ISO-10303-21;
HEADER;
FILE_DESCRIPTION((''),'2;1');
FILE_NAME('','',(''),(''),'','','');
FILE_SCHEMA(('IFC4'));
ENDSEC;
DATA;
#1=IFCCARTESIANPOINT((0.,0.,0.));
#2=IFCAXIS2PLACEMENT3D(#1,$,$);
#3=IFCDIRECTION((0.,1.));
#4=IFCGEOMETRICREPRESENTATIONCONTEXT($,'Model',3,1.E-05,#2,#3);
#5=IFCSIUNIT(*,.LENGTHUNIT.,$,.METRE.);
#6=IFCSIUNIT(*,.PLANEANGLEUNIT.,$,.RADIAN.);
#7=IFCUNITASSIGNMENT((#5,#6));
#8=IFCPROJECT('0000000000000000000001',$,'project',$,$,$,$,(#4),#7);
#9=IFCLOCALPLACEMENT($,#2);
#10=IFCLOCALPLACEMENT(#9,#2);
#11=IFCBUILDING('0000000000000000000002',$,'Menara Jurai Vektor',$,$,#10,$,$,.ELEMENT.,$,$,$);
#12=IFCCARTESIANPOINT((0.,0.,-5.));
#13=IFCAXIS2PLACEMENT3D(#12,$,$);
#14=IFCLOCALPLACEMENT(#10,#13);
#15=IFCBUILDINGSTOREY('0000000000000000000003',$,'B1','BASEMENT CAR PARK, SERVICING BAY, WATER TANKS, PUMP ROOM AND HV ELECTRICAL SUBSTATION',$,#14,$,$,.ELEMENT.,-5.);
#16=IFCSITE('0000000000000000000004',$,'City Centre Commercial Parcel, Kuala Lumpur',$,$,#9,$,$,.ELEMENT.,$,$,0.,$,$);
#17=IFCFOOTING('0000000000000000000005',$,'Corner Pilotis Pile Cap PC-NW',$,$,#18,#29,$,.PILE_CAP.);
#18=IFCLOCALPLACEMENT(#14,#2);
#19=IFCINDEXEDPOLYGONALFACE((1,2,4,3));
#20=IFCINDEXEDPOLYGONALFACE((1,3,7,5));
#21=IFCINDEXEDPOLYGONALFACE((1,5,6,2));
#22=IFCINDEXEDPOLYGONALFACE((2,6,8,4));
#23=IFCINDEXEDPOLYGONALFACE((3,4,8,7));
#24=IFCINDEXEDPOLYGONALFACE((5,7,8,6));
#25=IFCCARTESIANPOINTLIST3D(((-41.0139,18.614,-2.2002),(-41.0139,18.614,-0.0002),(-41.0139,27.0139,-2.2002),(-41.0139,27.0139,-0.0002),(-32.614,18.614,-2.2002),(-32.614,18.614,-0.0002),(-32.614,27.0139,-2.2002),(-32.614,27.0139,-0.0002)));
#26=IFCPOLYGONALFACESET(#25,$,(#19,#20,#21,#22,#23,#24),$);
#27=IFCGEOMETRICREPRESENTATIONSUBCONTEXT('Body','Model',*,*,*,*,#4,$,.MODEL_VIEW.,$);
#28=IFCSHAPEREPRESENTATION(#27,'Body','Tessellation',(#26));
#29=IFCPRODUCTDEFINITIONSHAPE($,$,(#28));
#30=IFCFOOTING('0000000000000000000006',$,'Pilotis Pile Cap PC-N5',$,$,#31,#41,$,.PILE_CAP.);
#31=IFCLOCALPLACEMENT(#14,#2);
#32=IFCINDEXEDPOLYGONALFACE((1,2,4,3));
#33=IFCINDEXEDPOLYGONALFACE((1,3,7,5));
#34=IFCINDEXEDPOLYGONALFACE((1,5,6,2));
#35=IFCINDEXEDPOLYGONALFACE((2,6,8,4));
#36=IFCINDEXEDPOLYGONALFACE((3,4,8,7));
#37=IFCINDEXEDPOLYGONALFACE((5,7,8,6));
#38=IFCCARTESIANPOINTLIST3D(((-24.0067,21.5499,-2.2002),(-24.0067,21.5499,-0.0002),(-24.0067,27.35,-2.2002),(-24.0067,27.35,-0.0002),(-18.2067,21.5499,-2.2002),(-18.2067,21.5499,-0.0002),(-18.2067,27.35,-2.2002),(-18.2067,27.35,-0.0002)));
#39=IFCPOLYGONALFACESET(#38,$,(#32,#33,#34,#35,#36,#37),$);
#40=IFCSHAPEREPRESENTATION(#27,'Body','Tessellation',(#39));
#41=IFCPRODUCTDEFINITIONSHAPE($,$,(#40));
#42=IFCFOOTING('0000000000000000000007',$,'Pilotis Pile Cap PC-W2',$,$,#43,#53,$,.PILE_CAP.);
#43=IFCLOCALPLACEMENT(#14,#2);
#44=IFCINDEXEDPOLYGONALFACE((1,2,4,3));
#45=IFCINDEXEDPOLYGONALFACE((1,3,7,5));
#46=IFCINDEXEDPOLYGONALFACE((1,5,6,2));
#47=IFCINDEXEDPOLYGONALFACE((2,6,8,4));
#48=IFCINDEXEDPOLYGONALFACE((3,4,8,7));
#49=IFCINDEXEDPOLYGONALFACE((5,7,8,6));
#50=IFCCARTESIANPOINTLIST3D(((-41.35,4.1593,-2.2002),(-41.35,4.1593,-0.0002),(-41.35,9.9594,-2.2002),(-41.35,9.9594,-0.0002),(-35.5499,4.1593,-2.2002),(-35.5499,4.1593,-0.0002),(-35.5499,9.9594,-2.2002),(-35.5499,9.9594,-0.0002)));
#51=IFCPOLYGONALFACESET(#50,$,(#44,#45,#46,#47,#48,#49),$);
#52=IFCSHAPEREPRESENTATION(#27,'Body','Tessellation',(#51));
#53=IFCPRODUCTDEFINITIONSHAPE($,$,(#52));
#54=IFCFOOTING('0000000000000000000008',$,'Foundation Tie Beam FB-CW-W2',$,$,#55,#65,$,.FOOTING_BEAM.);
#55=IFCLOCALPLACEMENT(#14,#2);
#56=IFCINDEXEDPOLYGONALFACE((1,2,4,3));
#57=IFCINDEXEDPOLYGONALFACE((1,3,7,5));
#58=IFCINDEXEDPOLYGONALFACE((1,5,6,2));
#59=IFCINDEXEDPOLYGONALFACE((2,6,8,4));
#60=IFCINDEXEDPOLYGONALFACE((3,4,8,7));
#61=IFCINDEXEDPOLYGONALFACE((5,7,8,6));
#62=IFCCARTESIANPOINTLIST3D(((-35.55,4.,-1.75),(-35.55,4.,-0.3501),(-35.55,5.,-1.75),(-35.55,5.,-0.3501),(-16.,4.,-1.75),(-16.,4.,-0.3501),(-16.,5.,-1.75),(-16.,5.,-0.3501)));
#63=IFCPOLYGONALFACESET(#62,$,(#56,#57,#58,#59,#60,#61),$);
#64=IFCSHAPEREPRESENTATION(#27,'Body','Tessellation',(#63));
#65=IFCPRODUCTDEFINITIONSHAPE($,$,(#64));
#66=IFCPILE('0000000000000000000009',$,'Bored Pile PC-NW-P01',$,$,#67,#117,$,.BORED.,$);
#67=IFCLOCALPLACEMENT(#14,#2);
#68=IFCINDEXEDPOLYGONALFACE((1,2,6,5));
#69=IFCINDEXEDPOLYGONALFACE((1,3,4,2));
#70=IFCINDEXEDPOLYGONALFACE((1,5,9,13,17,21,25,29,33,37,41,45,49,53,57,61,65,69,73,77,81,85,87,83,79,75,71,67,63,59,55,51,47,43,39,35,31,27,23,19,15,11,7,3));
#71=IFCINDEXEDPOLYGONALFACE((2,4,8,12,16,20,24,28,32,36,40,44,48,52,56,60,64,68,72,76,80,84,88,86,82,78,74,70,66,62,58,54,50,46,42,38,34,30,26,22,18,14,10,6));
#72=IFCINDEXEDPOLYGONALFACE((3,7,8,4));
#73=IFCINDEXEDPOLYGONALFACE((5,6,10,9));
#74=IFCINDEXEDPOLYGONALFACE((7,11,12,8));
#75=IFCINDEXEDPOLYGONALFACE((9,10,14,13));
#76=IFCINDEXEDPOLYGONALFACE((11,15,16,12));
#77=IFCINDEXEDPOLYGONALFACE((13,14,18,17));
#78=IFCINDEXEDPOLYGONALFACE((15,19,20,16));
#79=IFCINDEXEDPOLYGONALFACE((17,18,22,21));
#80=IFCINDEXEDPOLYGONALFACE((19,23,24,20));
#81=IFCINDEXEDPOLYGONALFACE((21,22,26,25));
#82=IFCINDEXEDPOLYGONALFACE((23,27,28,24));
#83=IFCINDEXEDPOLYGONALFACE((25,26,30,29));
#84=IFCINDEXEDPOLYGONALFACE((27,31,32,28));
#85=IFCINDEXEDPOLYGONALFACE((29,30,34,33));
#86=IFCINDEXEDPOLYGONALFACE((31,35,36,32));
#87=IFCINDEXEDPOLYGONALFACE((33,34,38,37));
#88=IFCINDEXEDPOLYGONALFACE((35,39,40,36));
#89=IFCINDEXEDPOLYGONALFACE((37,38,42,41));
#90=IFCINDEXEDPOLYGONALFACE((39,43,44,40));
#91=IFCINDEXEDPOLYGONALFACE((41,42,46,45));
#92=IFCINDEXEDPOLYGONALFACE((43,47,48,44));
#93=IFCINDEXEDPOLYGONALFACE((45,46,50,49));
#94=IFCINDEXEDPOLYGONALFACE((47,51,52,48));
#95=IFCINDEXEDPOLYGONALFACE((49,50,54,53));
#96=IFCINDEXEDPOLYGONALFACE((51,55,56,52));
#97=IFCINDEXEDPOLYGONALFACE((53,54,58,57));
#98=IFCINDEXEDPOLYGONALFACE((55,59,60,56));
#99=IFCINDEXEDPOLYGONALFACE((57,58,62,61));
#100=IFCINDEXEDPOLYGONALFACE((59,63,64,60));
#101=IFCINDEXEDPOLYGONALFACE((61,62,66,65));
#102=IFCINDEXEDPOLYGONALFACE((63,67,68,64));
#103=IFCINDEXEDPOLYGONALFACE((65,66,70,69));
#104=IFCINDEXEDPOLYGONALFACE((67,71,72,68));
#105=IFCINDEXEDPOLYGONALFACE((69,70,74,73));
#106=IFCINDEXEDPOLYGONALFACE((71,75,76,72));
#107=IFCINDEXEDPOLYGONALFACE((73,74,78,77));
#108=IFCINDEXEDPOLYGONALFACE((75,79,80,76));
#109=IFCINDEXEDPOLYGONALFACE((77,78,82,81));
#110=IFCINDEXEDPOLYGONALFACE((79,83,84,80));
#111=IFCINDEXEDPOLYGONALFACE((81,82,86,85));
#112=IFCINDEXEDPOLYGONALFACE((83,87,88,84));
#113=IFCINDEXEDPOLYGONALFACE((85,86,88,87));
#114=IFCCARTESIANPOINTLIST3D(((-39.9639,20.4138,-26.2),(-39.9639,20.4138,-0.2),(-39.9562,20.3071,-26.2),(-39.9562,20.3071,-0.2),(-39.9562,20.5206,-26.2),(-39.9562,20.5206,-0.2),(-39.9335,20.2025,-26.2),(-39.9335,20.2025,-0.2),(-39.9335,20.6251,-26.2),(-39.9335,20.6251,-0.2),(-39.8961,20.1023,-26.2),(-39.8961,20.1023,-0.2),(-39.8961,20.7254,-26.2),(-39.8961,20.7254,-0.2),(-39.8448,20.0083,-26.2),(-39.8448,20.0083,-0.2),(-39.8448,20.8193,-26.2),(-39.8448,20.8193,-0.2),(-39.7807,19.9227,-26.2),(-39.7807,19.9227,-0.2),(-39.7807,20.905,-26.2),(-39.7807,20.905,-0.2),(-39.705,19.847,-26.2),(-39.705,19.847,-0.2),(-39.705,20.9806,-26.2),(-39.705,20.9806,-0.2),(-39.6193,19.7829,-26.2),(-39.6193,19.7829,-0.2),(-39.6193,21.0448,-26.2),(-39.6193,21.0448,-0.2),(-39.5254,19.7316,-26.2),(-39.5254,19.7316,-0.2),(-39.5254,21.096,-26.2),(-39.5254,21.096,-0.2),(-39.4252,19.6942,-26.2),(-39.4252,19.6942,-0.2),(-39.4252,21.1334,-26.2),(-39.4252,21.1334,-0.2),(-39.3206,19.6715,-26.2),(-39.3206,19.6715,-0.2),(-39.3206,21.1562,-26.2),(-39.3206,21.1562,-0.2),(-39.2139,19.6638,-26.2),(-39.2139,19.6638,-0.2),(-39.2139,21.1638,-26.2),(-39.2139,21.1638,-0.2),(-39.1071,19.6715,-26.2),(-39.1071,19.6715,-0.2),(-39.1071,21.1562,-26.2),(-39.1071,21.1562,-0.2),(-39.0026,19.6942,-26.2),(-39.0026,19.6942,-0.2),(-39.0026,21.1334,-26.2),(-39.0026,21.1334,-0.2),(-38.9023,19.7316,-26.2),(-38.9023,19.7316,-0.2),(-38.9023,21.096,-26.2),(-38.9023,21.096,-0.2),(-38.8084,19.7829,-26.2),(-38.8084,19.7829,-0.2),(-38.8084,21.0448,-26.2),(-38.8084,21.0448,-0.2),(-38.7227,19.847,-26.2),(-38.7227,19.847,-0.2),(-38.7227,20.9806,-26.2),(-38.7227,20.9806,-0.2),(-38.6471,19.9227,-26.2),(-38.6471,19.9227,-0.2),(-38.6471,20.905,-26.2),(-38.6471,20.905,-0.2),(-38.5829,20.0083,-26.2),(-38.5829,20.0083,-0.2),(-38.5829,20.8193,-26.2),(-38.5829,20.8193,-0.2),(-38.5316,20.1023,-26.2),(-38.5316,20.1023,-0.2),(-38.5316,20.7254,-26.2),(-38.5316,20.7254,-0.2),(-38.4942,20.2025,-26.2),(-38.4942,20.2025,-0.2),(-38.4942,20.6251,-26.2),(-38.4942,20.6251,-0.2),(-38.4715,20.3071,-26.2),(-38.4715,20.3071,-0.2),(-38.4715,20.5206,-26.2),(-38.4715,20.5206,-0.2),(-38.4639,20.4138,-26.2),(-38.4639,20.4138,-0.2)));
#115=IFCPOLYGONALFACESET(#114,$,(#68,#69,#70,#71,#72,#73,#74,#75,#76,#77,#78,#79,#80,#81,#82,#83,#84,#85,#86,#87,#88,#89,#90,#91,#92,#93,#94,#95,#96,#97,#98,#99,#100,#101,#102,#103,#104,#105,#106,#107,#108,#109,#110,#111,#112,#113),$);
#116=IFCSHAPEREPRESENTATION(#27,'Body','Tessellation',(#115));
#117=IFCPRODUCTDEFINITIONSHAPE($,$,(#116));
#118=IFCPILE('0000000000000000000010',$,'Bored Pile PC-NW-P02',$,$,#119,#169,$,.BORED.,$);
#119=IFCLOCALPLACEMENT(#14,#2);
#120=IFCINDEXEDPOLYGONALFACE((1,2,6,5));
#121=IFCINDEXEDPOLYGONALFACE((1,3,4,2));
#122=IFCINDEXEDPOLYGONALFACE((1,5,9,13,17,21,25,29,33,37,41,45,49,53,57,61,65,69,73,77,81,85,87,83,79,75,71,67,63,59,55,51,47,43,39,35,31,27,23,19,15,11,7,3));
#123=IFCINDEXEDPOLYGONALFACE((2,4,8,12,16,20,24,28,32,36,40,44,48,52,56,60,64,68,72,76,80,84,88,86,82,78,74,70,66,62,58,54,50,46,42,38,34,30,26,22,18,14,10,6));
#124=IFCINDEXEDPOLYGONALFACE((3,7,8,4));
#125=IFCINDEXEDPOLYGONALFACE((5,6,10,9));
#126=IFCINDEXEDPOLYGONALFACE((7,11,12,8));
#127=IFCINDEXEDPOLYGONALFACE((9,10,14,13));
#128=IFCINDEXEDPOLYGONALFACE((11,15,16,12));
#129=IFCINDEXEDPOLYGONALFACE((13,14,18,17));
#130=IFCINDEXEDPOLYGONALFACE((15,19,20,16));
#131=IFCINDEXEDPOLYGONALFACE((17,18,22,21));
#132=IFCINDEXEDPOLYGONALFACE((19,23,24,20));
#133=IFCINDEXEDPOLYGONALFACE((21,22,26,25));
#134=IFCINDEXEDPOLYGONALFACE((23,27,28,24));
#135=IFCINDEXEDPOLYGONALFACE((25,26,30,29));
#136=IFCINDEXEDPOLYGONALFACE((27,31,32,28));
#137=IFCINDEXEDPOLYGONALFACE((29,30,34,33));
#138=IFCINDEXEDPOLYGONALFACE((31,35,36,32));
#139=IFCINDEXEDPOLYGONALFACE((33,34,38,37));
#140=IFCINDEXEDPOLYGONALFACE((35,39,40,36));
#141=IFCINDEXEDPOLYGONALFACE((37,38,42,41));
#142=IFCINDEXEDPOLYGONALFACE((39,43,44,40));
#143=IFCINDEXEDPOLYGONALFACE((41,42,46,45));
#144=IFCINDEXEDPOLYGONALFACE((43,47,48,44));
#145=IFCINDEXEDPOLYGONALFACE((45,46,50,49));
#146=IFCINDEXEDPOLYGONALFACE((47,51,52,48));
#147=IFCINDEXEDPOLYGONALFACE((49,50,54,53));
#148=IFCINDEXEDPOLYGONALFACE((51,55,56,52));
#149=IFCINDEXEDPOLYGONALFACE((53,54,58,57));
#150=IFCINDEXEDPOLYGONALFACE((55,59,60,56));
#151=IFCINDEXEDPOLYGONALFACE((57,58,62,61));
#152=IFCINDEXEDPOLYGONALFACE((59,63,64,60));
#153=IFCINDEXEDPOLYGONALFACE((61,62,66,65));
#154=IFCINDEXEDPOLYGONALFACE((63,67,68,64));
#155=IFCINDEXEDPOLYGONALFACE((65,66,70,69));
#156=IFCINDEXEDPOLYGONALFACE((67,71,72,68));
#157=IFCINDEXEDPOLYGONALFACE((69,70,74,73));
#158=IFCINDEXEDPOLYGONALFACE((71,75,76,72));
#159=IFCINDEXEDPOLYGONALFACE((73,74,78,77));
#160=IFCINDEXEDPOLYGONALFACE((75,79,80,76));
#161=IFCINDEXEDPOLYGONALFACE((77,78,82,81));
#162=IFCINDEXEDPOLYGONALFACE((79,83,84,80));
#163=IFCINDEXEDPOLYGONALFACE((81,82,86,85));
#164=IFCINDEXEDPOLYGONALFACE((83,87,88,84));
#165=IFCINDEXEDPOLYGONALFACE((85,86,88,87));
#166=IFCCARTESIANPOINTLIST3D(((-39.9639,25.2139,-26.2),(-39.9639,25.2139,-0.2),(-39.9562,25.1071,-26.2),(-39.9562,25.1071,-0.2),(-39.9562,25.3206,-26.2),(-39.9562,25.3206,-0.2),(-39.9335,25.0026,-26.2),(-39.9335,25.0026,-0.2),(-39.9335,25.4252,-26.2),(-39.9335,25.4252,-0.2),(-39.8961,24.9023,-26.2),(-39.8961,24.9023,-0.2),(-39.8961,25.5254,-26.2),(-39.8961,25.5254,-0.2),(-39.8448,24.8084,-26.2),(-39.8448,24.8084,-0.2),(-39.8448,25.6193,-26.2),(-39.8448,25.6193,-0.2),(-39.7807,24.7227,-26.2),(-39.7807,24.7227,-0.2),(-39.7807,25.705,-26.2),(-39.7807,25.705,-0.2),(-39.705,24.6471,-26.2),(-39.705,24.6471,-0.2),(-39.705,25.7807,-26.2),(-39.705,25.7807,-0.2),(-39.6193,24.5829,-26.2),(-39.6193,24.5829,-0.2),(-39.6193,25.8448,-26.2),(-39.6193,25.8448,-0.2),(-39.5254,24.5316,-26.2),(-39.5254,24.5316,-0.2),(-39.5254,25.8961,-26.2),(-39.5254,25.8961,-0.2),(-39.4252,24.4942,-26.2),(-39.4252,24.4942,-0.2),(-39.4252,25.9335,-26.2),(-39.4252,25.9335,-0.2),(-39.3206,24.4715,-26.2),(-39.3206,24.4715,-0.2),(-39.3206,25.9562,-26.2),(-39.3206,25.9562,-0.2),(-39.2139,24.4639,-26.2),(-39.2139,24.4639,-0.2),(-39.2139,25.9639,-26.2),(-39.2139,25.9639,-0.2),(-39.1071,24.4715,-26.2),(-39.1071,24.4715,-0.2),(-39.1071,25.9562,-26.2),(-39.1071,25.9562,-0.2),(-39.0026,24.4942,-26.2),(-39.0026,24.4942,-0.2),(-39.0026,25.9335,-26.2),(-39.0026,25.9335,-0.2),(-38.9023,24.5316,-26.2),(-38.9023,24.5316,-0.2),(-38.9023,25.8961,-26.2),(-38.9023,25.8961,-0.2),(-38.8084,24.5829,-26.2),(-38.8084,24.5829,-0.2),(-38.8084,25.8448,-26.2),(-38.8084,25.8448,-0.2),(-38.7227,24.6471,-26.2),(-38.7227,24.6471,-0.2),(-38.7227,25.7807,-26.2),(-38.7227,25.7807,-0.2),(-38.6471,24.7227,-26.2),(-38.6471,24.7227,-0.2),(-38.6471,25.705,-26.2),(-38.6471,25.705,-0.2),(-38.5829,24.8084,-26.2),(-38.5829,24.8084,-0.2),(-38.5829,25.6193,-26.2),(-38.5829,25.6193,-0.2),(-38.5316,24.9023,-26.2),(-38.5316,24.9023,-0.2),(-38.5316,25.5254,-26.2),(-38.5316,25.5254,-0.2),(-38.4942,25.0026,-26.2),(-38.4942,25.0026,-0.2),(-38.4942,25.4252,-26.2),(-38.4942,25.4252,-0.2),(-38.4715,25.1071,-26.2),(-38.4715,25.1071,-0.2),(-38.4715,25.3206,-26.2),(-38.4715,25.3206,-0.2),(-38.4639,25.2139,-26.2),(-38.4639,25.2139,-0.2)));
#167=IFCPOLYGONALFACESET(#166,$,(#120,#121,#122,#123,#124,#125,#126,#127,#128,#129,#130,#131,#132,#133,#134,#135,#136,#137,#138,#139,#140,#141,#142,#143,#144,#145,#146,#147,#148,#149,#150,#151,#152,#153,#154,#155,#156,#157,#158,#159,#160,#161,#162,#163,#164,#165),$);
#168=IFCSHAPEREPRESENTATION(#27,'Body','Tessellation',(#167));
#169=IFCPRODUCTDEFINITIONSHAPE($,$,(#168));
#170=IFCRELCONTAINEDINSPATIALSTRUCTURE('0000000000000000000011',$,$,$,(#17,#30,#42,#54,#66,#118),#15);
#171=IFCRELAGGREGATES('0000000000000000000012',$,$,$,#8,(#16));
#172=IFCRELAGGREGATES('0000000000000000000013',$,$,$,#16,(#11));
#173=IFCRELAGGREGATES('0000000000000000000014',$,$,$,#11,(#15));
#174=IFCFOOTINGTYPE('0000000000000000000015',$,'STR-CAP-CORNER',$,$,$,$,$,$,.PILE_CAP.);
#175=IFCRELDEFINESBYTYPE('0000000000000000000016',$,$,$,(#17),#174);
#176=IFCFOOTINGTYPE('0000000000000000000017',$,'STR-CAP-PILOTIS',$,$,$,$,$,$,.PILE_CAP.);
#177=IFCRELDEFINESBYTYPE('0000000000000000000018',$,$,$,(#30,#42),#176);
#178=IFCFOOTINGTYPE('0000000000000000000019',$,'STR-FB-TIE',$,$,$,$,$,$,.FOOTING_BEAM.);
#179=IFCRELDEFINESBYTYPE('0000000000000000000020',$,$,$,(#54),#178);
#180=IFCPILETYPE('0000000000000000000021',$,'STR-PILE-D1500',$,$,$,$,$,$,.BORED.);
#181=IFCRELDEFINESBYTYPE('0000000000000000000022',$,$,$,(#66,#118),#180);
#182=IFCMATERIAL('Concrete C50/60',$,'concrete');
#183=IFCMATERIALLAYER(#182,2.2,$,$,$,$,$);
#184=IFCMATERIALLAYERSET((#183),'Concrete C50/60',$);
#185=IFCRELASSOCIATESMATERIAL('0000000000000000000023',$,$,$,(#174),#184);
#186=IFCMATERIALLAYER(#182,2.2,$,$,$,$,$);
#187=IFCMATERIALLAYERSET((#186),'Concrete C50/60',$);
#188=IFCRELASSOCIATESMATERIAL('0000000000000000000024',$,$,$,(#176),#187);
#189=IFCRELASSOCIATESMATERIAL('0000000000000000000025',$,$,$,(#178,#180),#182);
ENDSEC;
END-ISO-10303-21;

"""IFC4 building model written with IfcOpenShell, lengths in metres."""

from ifc_helpers import new_model, si_unit, direction, frame, origin, origin_2d, place, context, subcontext, project, spatial, rectangle, circle, extrude, material, layer, layer_set, material_profile, profile_set, type_object, element, save


model = new_model("IFC4")

# Units and contexts
model_context = context("Model", 3, precision=1e-05, world=origin(), true_north=direction((0.0, 1.0)))
body_context = subcontext(model_context, "Body", "Model", "MODEL_VIEW")
ifc_project = project(units=[si_unit("LENGTHUNIT", "METRE"), si_unit("PLANEANGLEUNIT", "RADIAN")], contexts=[model_context])

# Site, building, storey
site_placement = place(None, origin())
site = spatial("IfcSite", under=ifc_project, at=site_placement, Name="City Centre Commercial Parcel, Kuala Lumpur", CompositionType="ELEMENT", RefElevation=0.0)
building_placement = place(site_placement, origin())
building = spatial("IfcBuilding", under=site, at=building_placement, Name="Menara Jurai Vektor", CompositionType="ELEMENT")
storey_placement = place(building_placement, frame((0.0, 0.0, -5.0)))
storey = spatial("IfcBuildingStorey", under=building, at=storey_placement, Name="B1", Description="BASEMENT CAR PARK, SERVICING BAY, WATER TANKS, PUMP ROOM AND HV ELECTRICAL SUBSTATION", CompositionType="ELEMENT", Elevation=-5.0)

# Footings
ifc_material_1 = material(Name="Concrete C50/60", Category="concrete")
ifc_layer_1 = layer(ifc_material_1, 2.2)
ifc_layer_set_1 = layer_set([ifc_layer_1], Name="Concrete C50/60")
footing_type_1 = type_object("IfcFootingType", Name="STR-CAP-CORNER", PredefinedType="PILE_CAP", material=ifc_layer_set_1)
footing_1_placement = place(storey_placement, frame((-36.814, 22.814, -2.2002), z_axis=(0.0, 0.0, 1.0), x_axis=(1.0, 0.0, 0.0)))
element("IfcFooting", 1, at=footing_1_placement, inside=storey, type_object=footing_type_1, Name="Corner Pilotis Pile Cap PC-NW", PredefinedType="PILE_CAP", context=body_context, shape_type="SweptSolid", body=[
    extrude(rectangle(XDim=8.3999, YDim=8.3999, at=origin_2d()), origin(), (0.0, 0.0, 1.0), 2.2),
])
ifc_layer_2 = layer(ifc_material_1, 2.2)
ifc_layer_set_2 = layer_set([ifc_layer_2], Name="Concrete C50/60")
footing_type_2 = type_object("IfcFootingType", Name="STR-CAP-PILOTIS", PredefinedType="PILE_CAP", material=ifc_layer_set_2)
for number, where, z_axis, x_axis, name in (
    (2, (-21.1067, 24.45, -2.2002), (0.0, 0.0, 1.0), (1.0, 0.0, 0.0), "Pilotis Pile Cap PC-N5"),
    (3, (-38.45, 7.0593, -2.2002), (0.0, 0.0, 1.0), (1.0, 0.0, 0.0), "Pilotis Pile Cap PC-W2"),
):
    element("IfcFooting", number, at=place(storey_placement, frame(where, z_axis=z_axis, x_axis=x_axis)), inside=storey, type_object=footing_type_2, Name=name, PredefinedType="PILE_CAP", context=body_context, shape_type="SweptSolid", body=[
        extrude(rectangle(XDim=5.8, YDim=5.8, at=origin_2d()), origin(), (0.0, 0.0, 1.0), 2.2),
    ])
ifc_material_profile_1 = material_profile(ifc_material_1, rectangle(XDim=1.0, YDim=1.3999, at=origin_2d()), Name="RC 1000x1400")
ifc_profile_set_1 = profile_set([ifc_material_profile_1], Name="Concrete C50/60")
footing_type_3 = type_object("IfcFootingType", Name="STR-FB-TIE", PredefinedType="FOOTING_BEAM", material=ifc_profile_set_1)
footing_2_placement = place(storey_placement, frame((-35.55, 4.5, -1.05), z_axis=(1.0, 0.0, 0.0), x_axis=(0.0, 1.0, 0.0)))
element("IfcFooting", 4, at=footing_2_placement, inside=storey, type_object=footing_type_3, Name="Foundation Tie Beam FB-CW-W2", PredefinedType="FOOTING_BEAM", context=body_context, shape_type="SweptSolid", body=[
    extrude(rectangle(XDim=1.0, YDim=1.3999, at=origin_2d()), origin(), (0.0, 0.0, 1.0), 19.55),
])

# Piles
ifc_material_profile_2 = material_profile(ifc_material_1, circle(Radius=0.75, at=origin_2d()), Name="PILE D1500")
ifc_profile_set_2 = profile_set([ifc_material_profile_2], Name="Concrete C50/60")
pile_type = type_object("IfcPileType", Name="STR-PILE-D1500", PredefinedType="BORED", material=ifc_profile_set_2)
for number, where, z_axis, x_axis, name in (
    (5, (-39.2139, 20.4138, -0.2), (0.0, 0.0, -1.0), (1.0, 0.0, 0.0), "Bored Pile PC-NW-P01"),
    (6, (-39.2139, 25.2139, -0.2), (0.0, 0.0, -1.0), (1.0, 0.0, 0.0), "Bored Pile PC-NW-P02"),
):
    element("IfcPile", number, at=place(storey_placement, frame(where, z_axis=z_axis, x_axis=x_axis)), inside=storey, type_object=pile_type, Name=name, PredefinedType="BORED", context=body_context, shape_type="SweptSolid", body=[
        extrude(circle(Radius=0.75, at=origin_2d()), origin(), (0.0, 0.0, 1.0), 26.0),
    ])

save(model, "model.ifc")
